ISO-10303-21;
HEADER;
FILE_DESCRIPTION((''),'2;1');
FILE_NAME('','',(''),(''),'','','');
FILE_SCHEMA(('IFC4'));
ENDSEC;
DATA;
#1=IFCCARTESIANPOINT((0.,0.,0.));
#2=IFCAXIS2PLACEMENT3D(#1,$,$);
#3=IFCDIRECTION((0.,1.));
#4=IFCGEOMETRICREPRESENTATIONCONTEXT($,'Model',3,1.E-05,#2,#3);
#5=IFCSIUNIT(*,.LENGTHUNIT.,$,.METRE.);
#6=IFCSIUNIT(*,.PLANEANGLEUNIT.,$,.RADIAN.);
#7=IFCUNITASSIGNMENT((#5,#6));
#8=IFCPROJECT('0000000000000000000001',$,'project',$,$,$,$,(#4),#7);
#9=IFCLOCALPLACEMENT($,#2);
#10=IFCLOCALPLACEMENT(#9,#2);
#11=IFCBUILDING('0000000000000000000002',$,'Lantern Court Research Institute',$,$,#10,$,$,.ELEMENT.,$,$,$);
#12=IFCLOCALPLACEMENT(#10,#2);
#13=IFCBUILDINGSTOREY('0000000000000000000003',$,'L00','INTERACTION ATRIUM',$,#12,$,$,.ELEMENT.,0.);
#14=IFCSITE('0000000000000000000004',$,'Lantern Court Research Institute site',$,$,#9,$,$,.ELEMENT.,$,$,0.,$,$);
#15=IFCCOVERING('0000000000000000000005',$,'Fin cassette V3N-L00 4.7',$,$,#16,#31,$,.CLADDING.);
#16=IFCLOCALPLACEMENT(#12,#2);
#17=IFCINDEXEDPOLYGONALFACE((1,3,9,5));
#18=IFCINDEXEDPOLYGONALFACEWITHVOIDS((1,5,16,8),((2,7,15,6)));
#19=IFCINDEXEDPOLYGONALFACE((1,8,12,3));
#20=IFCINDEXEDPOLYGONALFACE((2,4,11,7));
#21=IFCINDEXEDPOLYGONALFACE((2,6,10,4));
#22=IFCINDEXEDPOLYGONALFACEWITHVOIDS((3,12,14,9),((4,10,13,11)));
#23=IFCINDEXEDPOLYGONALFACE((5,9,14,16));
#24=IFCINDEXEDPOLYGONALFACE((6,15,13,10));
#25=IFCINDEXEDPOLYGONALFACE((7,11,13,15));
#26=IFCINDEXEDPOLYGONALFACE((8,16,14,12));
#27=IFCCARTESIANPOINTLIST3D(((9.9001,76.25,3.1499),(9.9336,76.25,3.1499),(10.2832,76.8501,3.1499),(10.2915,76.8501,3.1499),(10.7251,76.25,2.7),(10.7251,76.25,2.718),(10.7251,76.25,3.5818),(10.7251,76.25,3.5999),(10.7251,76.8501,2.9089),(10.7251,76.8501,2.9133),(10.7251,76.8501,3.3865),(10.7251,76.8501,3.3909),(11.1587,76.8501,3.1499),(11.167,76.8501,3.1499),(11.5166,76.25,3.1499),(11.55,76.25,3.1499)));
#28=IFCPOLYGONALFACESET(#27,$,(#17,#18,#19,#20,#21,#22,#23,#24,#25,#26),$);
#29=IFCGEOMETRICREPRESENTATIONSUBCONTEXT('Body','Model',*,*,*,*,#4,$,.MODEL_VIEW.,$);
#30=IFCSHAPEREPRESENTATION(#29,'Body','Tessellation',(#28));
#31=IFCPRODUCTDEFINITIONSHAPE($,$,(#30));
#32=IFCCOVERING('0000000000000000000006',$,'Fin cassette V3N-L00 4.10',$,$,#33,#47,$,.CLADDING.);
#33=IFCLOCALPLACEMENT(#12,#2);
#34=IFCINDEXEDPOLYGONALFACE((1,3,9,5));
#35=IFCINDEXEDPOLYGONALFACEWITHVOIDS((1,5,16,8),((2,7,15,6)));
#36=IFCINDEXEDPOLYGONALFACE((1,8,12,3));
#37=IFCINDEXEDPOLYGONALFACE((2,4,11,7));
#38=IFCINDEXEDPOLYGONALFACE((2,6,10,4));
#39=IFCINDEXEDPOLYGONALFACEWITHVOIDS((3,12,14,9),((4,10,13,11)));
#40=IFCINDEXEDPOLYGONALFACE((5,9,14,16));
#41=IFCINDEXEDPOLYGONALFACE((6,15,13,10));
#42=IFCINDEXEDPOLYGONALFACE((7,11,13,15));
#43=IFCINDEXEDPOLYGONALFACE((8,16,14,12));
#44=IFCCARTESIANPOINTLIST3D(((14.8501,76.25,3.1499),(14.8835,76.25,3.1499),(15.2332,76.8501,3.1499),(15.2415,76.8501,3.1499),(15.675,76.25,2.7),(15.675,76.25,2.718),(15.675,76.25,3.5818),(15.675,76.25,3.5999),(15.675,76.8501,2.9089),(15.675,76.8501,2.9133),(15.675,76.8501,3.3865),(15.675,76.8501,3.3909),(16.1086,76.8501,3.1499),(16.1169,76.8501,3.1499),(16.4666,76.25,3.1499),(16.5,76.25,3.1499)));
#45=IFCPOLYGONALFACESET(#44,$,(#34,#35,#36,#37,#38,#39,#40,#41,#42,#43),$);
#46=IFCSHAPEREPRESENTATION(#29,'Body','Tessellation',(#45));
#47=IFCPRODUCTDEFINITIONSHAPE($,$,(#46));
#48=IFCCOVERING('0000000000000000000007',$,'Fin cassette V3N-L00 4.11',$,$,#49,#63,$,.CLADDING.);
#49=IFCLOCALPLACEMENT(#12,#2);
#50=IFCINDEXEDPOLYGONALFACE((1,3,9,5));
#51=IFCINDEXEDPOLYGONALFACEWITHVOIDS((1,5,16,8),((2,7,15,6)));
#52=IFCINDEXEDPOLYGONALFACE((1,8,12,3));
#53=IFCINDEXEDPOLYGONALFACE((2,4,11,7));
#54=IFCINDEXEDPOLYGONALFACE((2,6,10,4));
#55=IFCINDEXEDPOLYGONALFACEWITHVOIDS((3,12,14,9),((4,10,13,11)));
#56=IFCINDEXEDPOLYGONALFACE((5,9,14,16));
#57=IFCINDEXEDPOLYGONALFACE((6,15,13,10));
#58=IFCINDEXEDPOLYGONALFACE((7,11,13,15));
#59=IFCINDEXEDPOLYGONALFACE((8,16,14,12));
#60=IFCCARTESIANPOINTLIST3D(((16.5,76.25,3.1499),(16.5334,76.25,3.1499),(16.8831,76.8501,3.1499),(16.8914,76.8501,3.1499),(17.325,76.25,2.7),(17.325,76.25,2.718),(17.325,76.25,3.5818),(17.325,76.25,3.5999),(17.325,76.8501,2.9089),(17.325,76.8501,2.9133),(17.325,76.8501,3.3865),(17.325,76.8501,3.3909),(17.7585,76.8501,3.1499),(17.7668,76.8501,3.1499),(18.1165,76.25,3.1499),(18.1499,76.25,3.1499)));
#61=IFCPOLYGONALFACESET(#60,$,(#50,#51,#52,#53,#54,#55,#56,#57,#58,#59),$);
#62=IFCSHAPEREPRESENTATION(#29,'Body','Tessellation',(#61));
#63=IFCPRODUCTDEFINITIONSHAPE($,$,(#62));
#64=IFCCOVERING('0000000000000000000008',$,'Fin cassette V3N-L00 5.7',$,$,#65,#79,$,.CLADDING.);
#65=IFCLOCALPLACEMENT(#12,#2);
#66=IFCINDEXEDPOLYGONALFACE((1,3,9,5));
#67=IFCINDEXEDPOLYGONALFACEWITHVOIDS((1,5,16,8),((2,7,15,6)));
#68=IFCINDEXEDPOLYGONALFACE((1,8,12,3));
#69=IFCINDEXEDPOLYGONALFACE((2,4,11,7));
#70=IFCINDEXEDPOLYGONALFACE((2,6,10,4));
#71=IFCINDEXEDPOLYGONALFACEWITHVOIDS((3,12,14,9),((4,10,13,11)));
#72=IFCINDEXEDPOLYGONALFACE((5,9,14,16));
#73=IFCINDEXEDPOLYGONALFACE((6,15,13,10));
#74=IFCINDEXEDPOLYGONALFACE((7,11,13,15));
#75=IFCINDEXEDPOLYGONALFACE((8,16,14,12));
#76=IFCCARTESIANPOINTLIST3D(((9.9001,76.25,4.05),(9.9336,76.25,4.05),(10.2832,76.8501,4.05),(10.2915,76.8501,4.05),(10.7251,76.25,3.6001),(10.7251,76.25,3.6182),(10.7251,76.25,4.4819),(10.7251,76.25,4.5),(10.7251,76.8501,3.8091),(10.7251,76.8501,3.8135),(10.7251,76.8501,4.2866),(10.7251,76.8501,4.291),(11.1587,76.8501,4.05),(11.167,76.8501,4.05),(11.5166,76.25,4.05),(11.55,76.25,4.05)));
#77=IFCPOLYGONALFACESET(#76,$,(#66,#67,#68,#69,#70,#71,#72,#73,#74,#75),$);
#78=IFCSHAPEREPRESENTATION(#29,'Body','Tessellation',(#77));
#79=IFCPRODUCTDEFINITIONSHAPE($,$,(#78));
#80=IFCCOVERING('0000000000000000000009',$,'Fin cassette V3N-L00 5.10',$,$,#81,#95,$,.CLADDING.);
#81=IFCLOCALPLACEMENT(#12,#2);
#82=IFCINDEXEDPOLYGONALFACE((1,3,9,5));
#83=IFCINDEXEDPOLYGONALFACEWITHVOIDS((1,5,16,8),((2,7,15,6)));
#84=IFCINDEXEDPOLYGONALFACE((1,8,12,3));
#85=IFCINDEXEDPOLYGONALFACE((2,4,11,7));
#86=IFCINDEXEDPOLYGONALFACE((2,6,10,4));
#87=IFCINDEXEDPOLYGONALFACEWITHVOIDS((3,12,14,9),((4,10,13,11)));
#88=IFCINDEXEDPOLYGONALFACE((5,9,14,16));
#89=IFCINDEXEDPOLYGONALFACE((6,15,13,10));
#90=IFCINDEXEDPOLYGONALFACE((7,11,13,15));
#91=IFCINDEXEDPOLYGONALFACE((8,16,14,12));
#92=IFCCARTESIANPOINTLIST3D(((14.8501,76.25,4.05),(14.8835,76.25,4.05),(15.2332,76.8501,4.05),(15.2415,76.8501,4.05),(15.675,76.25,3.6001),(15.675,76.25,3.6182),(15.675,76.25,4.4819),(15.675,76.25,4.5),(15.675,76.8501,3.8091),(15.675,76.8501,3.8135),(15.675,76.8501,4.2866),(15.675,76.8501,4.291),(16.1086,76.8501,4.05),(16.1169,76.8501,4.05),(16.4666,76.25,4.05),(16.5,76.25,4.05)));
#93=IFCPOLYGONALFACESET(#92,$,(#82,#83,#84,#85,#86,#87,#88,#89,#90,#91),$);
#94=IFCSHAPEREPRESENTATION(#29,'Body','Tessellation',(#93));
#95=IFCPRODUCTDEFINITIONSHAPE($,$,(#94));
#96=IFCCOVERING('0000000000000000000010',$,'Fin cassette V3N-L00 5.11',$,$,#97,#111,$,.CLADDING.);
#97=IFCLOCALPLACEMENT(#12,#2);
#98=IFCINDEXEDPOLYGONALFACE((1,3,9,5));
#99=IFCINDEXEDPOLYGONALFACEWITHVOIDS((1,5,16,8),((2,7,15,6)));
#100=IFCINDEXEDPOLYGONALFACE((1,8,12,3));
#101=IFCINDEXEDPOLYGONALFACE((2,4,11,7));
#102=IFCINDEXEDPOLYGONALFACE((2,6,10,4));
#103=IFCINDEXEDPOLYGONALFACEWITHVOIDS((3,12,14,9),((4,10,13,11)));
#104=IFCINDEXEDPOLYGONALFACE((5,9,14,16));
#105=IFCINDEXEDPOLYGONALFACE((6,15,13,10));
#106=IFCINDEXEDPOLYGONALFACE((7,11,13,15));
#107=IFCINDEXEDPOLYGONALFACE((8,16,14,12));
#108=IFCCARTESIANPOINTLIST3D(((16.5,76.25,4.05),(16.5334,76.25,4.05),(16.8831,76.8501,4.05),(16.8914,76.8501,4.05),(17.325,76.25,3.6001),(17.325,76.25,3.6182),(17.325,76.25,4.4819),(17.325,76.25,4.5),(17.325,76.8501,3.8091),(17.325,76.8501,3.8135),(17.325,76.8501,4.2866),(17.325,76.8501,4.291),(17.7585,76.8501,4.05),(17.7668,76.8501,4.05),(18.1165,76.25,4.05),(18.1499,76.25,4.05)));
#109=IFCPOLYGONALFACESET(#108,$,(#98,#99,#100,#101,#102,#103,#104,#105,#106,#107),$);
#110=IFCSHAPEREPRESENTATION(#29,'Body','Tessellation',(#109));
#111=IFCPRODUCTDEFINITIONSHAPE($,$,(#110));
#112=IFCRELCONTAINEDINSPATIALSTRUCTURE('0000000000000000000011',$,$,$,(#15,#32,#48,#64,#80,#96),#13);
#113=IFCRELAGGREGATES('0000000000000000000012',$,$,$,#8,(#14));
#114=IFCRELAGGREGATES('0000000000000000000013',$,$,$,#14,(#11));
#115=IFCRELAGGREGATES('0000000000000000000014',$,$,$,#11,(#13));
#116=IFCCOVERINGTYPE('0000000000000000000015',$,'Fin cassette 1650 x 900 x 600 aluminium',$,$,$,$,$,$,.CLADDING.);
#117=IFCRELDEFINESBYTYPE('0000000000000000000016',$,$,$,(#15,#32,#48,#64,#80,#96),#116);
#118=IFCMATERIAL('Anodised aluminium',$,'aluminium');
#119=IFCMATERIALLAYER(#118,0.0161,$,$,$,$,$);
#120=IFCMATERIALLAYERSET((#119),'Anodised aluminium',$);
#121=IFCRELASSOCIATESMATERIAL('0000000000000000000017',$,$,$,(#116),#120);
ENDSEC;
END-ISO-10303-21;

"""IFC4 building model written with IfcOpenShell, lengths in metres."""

from ifc_helpers import new_model, entity, si_unit, direction, frame, origin, place, context, subcontext, project, spatial, material, layer, layer_set, type_object, element, save


model = new_model("IFC4")

# Units and contexts
model_context = context("Model", 3, precision=1e-05, world=origin(), true_north=direction((0.0, 1.0)))
body_context = subcontext(model_context, "Body", "Model", "MODEL_VIEW")
ifc_project = project(units=[si_unit("LENGTHUNIT", "METRE"), si_unit("PLANEANGLEUNIT", "RADIAN")], contexts=[model_context])

# Site, building, storey
site_placement = place(None, origin())
site = spatial("IfcSite", under=ifc_project, at=site_placement, Name="Lantern Court Research Institute site", CompositionType="ELEMENT", RefElevation=0.0)
building_placement = place(site_placement, origin())
building = spatial("IfcBuilding", under=site, at=building_placement, Name="Lantern Court Research Institute", CompositionType="ELEMENT")
storey_placement = place(building_placement, origin())
storey = spatial("IfcBuildingStorey", under=building, at=storey_placement, Name="L00", Description="INTERACTION ATRIUM", CompositionType="ELEMENT", Elevation=0.0)

# Coverings
ifc_material_1 = material(Name="Anodised aluminium", Category="aluminium")
ifc_layer_1 = layer(ifc_material_1, 0.0161)
ifc_layer_set_1 = layer_set([ifc_layer_1], Name="Anodised aluminium")
covering_type_1 = type_object("IfcCoveringType", Name="Fin cassette 1650 x 900 x 600 aluminium", PredefinedType="CLADDING", material=ifc_layer_set_1)
covering_1_placement = place(storey_placement, frame((10.7251, 76.25, 3.1499), z_axis=(0.0, 1.0, 0.0), x_axis=(-1.0, 0.0, 0.0)))
cartesian_point_1 = entity("IfcCartesianPoint", [0.825, 0.0])
cartesian_point_2 = entity("IfcCartesianPoint", [0.7915, 0.0])
cartesian_point_3 = entity("IfcCartesianPoint", [0.4419, 0.0])
cartesian_point_4 = entity("IfcCartesianPoint", [0.4336, 0.0])
element("IfcCovering", 1, at=covering_1_placement, inside=storey, type_object=covering_type_1, Name="Fin cassette V3N-L00 4.7", PredefinedType="CLADDING", context=body_context, shape_type="SweptSolid", body=[
    entity("IfcExtrudedAreaSolidTapered", entity("IfcArbitraryProfileDefWithVoids", "AREA", None, entity("IfcPolyline", [cartesian_point_1, entity("IfcCartesianPoint", [0.0, 0.45]), entity("IfcCartesianPoint", [-0.825, 0.0]), entity("IfcCartesianPoint", [0.0, -0.45]), cartesian_point_1]), [entity("IfcPolyline", [cartesian_point_2, entity("IfcCartesianPoint", [0.0, 0.4319]), entity("IfcCartesianPoint", [-0.7915, 0.0]), entity("IfcCartesianPoint", [0.0, -0.4319]), cartesian_point_2])]), entity("IfcAxis2Placement3D", entity("IfcCartesianPoint", [0.0, 0.0, 0.0])), entity("IfcDirection", [0.0, 0.0, 1.0]), 0.6001, entity("IfcArbitraryProfileDefWithVoids", "AREA", None, entity("IfcPolyline", [cartesian_point_3, entity("IfcCartesianPoint", [0.0, 0.241]), entity("IfcCartesianPoint", [-0.4419, 0.0]), entity("IfcCartesianPoint", [0.0, -0.241]), cartesian_point_3]), [entity("IfcPolyline", [cartesian_point_4, entity("IfcCartesianPoint", [0.0, 0.2366]), entity("IfcCartesianPoint", [-0.4336, 0.0]), entity("IfcCartesianPoint", [0.0, -0.2366]), cartesian_point_4])])),
])
covering_2_placement = place(storey_placement, frame((15.675, 76.25, 3.1499), z_axis=(0.0, 1.0, 0.0), x_axis=(-1.0, 0.0, 0.0)))
cartesian_point_5 = entity("IfcCartesianPoint", [0.825, 0.0])
cartesian_point_6 = entity("IfcCartesianPoint", [0.7915, 0.0])
cartesian_point_7 = entity("IfcCartesianPoint", [0.4419, 0.0])
cartesian_point_8 = entity("IfcCartesianPoint", [0.4336, 0.0])
element("IfcCovering", 2, at=covering_2_placement, inside=storey, type_object=covering_type_1, Name="Fin cassette V3N-L00 4.10", PredefinedType="CLADDING", context=body_context, shape_type="SweptSolid", body=[
    entity("IfcExtrudedAreaSolidTapered", entity("IfcArbitraryProfileDefWithVoids", "AREA", None, entity("IfcPolyline", [cartesian_point_5, entity("IfcCartesianPoint", [0.0, 0.45]), entity("IfcCartesianPoint", [-0.825, 0.0]), entity("IfcCartesianPoint", [0.0, -0.45]), cartesian_point_5]), [entity("IfcPolyline", [cartesian_point_6, entity("IfcCartesianPoint", [0.0, 0.4319]), entity("IfcCartesianPoint", [-0.7915, 0.0]), entity("IfcCartesianPoint", [0.0, -0.4319]), cartesian_point_6])]), entity("IfcAxis2Placement3D", entity("IfcCartesianPoint", [0.0, 0.0, 0.0])), entity("IfcDirection", [0.0, 0.0, 1.0]), 0.6001, entity("IfcArbitraryProfileDefWithVoids", "AREA", None, entity("IfcPolyline", [cartesian_point_7, entity("IfcCartesianPoint", [0.0, 0.241]), entity("IfcCartesianPoint", [-0.4419, 0.0]), entity("IfcCartesianPoint", [0.0, -0.241]), cartesian_point_7]), [entity("IfcPolyline", [cartesian_point_8, entity("IfcCartesianPoint", [0.0, 0.2366]), entity("IfcCartesianPoint", [-0.4336, 0.0]), entity("IfcCartesianPoint", [0.0, -0.2366]), cartesian_point_8])])),
])
covering_3_placement = place(storey_placement, frame((17.325, 76.25, 3.1499), z_axis=(0.0, 1.0, 0.0), x_axis=(-1.0, 0.0, 0.0)))
cartesian_point_9 = entity("IfcCartesianPoint", [0.825, 0.0])
cartesian_point_10 = entity("IfcCartesianPoint", [0.7915, 0.0])
cartesian_point_11 = entity("IfcCartesianPoint", [0.4419, 0.0])
cartesian_point_12 = entity("IfcCartesianPoint", [0.4336, 0.0])
element("IfcCovering", 3, at=covering_3_placement, inside=storey, type_object=covering_type_1, Name="Fin cassette V3N-L00 4.11", PredefinedType="CLADDING", context=body_context, shape_type="SweptSolid", body=[
    entity("IfcExtrudedAreaSolidTapered", entity("IfcArbitraryProfileDefWithVoids", "AREA", None, entity("IfcPolyline", [cartesian_point_9, entity("IfcCartesianPoint", [0.0, 0.45]), entity("IfcCartesianPoint", [-0.825, 0.0]), entity("IfcCartesianPoint", [0.0, -0.45]), cartesian_point_9]), [entity("IfcPolyline", [cartesian_point_10, entity("IfcCartesianPoint", [0.0, 0.4319]), entity("IfcCartesianPoint", [-0.7915, 0.0]), entity("IfcCartesianPoint", [0.0, -0.4319]), cartesian_point_10])]), entity("IfcAxis2Placement3D", entity("IfcCartesianPoint", [0.0, 0.0, 0.0])), entity("IfcDirection", [0.0, 0.0, 1.0]), 0.6001, entity("IfcArbitraryProfileDefWithVoids", "AREA", None, entity("IfcPolyline", [cartesian_point_11, entity("IfcCartesianPoint", [0.0, 0.241]), entity("IfcCartesianPoint", [-0.4419, 0.0]), entity("IfcCartesianPoint", [0.0, -0.241]), cartesian_point_11]), [entity("IfcPolyline", [cartesian_point_12, entity("IfcCartesianPoint", [0.0, 0.2366]), entity("IfcCartesianPoint", [-0.4336, 0.0]), entity("IfcCartesianPoint", [0.0, -0.2366]), cartesian_point_12])])),
])
covering_4_placement = place(storey_placement, frame((10.7251, 76.25, 4.05), z_axis=(0.0, 1.0, 0.0), x_axis=(-1.0, 0.0, 0.0)))
cartesian_point_13 = entity("IfcCartesianPoint", [0.825, 0.0])
cartesian_point_14 = entity("IfcCartesianPoint", [0.7915, 0.0])
cartesian_point_15 = entity("IfcCartesianPoint", [0.4419, 0.0])
cartesian_point_16 = entity("IfcCartesianPoint", [0.4336, 0.0])
element("IfcCovering", 4, at=covering_4_placement, inside=storey, type_object=covering_type_1, Name="Fin cassette V3N-L00 5.7", PredefinedType="CLADDING", context=body_context, shape_type="SweptSolid", body=[
    entity("IfcExtrudedAreaSolidTapered", entity("IfcArbitraryProfileDefWithVoids", "AREA", None, entity("IfcPolyline", [cartesian_point_13, entity("IfcCartesianPoint", [0.0, 0.45]), entity("IfcCartesianPoint", [-0.825, 0.0]), entity("IfcCartesianPoint", [0.0, -0.45]), cartesian_point_13]), [entity("IfcPolyline", [cartesian_point_14, entity("IfcCartesianPoint", [0.0, 0.4319]), entity("IfcCartesianPoint", [-0.7915, 0.0]), entity("IfcCartesianPoint", [0.0, -0.4319]), cartesian_point_14])]), entity("IfcAxis2Placement3D", entity("IfcCartesianPoint", [0.0, 0.0, 0.0])), entity("IfcDirection", [0.0, 0.0, 1.0]), 0.6001, entity("IfcArbitraryProfileDefWithVoids", "AREA", None, entity("IfcPolyline", [cartesian_point_15, entity("IfcCartesianPoint", [0.0, 0.241]), entity("IfcCartesianPoint", [-0.4419, 0.0]), entity("IfcCartesianPoint", [0.0, -0.241]), cartesian_point_15]), [entity("IfcPolyline", [cartesian_point_16, entity("IfcCartesianPoint", [0.0, 0.2366]), entity("IfcCartesianPoint", [-0.4336, 0.0]), entity("IfcCartesianPoint", [0.0, -0.2366]), cartesian_point_16])])),
])
covering_5_placement = place(storey_placement, frame((15.675, 76.25, 4.05), z_axis=(0.0, 1.0, 0.0), x_axis=(-1.0, 0.0, 0.0)))
cartesian_point_17 = entity("IfcCartesianPoint", [0.825, 0.0])
cartesian_point_18 = entity("IfcCartesianPoint", [0.7915, 0.0])
cartesian_point_19 = entity("IfcCartesianPoint", [0.4419, 0.0])
cartesian_point_20 = entity("IfcCartesianPoint", [0.4336, 0.0])
element("IfcCovering", 5, at=covering_5_placement, inside=storey, type_object=covering_type_1, Name="Fin cassette V3N-L00 5.10", PredefinedType="CLADDING", context=body_context, shape_type="SweptSolid", body=[
    entity("IfcExtrudedAreaSolidTapered", entity("IfcArbitraryProfileDefWithVoids", "AREA", None, entity("IfcPolyline", [cartesian_point_17, entity("IfcCartesianPoint", [0.0, 0.45]), entity("IfcCartesianPoint", [-0.825, 0.0]), entity("IfcCartesianPoint", [0.0, -0.45]), cartesian_point_17]), [entity("IfcPolyline", [cartesian_point_18, entity("IfcCartesianPoint", [0.0, 0.4319]), entity("IfcCartesianPoint", [-0.7915, 0.0]), entity("IfcCartesianPoint", [0.0, -0.4319]), cartesian_point_18])]), entity("IfcAxis2Placement3D", entity("IfcCartesianPoint", [0.0, 0.0, 0.0])), entity("IfcDirection", [0.0, 0.0, 1.0]), 0.6001, entity("IfcArbitraryProfileDefWithVoids", "AREA", None, entity("IfcPolyline", [cartesian_point_19, entity("IfcCartesianPoint", [0.0, 0.241]), entity("IfcCartesianPoint", [-0.4419, 0.0]), entity("IfcCartesianPoint", [0.0, -0.241]), cartesian_point_19]), [entity("IfcPolyline", [cartesian_point_20, entity("IfcCartesianPoint", [0.0, 0.2366]), entity("IfcCartesianPoint", [-0.4336, 0.0]), entity("IfcCartesianPoint", [0.0, -0.2366]), cartesian_point_20])])),
])
covering_6_placement = place(storey_placement, frame((17.325, 76.25, 4.05), z_axis=(0.0, 1.0, 0.0), x_axis=(-1.0, 0.0, 0.0)))
cartesian_point_21 = entity("IfcCartesianPoint", [0.825, 0.0])
cartesian_point_22 = entity("IfcCartesianPoint", [0.7915, 0.0])
cartesian_point_23 = entity("IfcCartesianPoint", [0.4419, 0.0])
cartesian_point_24 = entity("IfcCartesianPoint", [0.4336, 0.0])
element("IfcCovering", 6, at=covering_6_placement, inside=storey, type_object=covering_type_1, Name="Fin cassette V3N-L00 5.11", PredefinedType="CLADDING", context=body_context, shape_type="SweptSolid", body=[
    entity("IfcExtrudedAreaSolidTapered", entity("IfcArbitraryProfileDefWithVoids", "AREA", None, entity("IfcPolyline", [cartesian_point_21, entity("IfcCartesianPoint", [0.0, 0.45]), entity("IfcCartesianPoint", [-0.825, 0.0]), entity("IfcCartesianPoint", [0.0, -0.45]), cartesian_point_21]), [entity("IfcPolyline", [cartesian_point_22, entity("IfcCartesianPoint", [0.0, 0.4319]), entity("IfcCartesianPoint", [-0.7915, 0.0]), entity("IfcCartesianPoint", [0.0, -0.4319]), cartesian_point_22])]), entity("IfcAxis2Placement3D", entity("IfcCartesianPoint", [0.0, 0.0, 0.0])), entity("IfcDirection", [0.0, 0.0, 1.0]), 0.6001, entity("IfcArbitraryProfileDefWithVoids", "AREA", None, entity("IfcPolyline", [cartesian_point_23, entity("IfcCartesianPoint", [0.0, 0.241]), entity("IfcCartesianPoint", [-0.4419, 0.0]), entity("IfcCartesianPoint", [0.0, -0.241]), cartesian_point_23]), [entity("IfcPolyline", [cartesian_point_24, entity("IfcCartesianPoint", [0.0, 0.2366]), entity("IfcCartesianPoint", [-0.4336, 0.0]), entity("IfcCartesianPoint", [0.0, -0.2366]), cartesian_point_24])])),
])

save(model, "model.ifc")
